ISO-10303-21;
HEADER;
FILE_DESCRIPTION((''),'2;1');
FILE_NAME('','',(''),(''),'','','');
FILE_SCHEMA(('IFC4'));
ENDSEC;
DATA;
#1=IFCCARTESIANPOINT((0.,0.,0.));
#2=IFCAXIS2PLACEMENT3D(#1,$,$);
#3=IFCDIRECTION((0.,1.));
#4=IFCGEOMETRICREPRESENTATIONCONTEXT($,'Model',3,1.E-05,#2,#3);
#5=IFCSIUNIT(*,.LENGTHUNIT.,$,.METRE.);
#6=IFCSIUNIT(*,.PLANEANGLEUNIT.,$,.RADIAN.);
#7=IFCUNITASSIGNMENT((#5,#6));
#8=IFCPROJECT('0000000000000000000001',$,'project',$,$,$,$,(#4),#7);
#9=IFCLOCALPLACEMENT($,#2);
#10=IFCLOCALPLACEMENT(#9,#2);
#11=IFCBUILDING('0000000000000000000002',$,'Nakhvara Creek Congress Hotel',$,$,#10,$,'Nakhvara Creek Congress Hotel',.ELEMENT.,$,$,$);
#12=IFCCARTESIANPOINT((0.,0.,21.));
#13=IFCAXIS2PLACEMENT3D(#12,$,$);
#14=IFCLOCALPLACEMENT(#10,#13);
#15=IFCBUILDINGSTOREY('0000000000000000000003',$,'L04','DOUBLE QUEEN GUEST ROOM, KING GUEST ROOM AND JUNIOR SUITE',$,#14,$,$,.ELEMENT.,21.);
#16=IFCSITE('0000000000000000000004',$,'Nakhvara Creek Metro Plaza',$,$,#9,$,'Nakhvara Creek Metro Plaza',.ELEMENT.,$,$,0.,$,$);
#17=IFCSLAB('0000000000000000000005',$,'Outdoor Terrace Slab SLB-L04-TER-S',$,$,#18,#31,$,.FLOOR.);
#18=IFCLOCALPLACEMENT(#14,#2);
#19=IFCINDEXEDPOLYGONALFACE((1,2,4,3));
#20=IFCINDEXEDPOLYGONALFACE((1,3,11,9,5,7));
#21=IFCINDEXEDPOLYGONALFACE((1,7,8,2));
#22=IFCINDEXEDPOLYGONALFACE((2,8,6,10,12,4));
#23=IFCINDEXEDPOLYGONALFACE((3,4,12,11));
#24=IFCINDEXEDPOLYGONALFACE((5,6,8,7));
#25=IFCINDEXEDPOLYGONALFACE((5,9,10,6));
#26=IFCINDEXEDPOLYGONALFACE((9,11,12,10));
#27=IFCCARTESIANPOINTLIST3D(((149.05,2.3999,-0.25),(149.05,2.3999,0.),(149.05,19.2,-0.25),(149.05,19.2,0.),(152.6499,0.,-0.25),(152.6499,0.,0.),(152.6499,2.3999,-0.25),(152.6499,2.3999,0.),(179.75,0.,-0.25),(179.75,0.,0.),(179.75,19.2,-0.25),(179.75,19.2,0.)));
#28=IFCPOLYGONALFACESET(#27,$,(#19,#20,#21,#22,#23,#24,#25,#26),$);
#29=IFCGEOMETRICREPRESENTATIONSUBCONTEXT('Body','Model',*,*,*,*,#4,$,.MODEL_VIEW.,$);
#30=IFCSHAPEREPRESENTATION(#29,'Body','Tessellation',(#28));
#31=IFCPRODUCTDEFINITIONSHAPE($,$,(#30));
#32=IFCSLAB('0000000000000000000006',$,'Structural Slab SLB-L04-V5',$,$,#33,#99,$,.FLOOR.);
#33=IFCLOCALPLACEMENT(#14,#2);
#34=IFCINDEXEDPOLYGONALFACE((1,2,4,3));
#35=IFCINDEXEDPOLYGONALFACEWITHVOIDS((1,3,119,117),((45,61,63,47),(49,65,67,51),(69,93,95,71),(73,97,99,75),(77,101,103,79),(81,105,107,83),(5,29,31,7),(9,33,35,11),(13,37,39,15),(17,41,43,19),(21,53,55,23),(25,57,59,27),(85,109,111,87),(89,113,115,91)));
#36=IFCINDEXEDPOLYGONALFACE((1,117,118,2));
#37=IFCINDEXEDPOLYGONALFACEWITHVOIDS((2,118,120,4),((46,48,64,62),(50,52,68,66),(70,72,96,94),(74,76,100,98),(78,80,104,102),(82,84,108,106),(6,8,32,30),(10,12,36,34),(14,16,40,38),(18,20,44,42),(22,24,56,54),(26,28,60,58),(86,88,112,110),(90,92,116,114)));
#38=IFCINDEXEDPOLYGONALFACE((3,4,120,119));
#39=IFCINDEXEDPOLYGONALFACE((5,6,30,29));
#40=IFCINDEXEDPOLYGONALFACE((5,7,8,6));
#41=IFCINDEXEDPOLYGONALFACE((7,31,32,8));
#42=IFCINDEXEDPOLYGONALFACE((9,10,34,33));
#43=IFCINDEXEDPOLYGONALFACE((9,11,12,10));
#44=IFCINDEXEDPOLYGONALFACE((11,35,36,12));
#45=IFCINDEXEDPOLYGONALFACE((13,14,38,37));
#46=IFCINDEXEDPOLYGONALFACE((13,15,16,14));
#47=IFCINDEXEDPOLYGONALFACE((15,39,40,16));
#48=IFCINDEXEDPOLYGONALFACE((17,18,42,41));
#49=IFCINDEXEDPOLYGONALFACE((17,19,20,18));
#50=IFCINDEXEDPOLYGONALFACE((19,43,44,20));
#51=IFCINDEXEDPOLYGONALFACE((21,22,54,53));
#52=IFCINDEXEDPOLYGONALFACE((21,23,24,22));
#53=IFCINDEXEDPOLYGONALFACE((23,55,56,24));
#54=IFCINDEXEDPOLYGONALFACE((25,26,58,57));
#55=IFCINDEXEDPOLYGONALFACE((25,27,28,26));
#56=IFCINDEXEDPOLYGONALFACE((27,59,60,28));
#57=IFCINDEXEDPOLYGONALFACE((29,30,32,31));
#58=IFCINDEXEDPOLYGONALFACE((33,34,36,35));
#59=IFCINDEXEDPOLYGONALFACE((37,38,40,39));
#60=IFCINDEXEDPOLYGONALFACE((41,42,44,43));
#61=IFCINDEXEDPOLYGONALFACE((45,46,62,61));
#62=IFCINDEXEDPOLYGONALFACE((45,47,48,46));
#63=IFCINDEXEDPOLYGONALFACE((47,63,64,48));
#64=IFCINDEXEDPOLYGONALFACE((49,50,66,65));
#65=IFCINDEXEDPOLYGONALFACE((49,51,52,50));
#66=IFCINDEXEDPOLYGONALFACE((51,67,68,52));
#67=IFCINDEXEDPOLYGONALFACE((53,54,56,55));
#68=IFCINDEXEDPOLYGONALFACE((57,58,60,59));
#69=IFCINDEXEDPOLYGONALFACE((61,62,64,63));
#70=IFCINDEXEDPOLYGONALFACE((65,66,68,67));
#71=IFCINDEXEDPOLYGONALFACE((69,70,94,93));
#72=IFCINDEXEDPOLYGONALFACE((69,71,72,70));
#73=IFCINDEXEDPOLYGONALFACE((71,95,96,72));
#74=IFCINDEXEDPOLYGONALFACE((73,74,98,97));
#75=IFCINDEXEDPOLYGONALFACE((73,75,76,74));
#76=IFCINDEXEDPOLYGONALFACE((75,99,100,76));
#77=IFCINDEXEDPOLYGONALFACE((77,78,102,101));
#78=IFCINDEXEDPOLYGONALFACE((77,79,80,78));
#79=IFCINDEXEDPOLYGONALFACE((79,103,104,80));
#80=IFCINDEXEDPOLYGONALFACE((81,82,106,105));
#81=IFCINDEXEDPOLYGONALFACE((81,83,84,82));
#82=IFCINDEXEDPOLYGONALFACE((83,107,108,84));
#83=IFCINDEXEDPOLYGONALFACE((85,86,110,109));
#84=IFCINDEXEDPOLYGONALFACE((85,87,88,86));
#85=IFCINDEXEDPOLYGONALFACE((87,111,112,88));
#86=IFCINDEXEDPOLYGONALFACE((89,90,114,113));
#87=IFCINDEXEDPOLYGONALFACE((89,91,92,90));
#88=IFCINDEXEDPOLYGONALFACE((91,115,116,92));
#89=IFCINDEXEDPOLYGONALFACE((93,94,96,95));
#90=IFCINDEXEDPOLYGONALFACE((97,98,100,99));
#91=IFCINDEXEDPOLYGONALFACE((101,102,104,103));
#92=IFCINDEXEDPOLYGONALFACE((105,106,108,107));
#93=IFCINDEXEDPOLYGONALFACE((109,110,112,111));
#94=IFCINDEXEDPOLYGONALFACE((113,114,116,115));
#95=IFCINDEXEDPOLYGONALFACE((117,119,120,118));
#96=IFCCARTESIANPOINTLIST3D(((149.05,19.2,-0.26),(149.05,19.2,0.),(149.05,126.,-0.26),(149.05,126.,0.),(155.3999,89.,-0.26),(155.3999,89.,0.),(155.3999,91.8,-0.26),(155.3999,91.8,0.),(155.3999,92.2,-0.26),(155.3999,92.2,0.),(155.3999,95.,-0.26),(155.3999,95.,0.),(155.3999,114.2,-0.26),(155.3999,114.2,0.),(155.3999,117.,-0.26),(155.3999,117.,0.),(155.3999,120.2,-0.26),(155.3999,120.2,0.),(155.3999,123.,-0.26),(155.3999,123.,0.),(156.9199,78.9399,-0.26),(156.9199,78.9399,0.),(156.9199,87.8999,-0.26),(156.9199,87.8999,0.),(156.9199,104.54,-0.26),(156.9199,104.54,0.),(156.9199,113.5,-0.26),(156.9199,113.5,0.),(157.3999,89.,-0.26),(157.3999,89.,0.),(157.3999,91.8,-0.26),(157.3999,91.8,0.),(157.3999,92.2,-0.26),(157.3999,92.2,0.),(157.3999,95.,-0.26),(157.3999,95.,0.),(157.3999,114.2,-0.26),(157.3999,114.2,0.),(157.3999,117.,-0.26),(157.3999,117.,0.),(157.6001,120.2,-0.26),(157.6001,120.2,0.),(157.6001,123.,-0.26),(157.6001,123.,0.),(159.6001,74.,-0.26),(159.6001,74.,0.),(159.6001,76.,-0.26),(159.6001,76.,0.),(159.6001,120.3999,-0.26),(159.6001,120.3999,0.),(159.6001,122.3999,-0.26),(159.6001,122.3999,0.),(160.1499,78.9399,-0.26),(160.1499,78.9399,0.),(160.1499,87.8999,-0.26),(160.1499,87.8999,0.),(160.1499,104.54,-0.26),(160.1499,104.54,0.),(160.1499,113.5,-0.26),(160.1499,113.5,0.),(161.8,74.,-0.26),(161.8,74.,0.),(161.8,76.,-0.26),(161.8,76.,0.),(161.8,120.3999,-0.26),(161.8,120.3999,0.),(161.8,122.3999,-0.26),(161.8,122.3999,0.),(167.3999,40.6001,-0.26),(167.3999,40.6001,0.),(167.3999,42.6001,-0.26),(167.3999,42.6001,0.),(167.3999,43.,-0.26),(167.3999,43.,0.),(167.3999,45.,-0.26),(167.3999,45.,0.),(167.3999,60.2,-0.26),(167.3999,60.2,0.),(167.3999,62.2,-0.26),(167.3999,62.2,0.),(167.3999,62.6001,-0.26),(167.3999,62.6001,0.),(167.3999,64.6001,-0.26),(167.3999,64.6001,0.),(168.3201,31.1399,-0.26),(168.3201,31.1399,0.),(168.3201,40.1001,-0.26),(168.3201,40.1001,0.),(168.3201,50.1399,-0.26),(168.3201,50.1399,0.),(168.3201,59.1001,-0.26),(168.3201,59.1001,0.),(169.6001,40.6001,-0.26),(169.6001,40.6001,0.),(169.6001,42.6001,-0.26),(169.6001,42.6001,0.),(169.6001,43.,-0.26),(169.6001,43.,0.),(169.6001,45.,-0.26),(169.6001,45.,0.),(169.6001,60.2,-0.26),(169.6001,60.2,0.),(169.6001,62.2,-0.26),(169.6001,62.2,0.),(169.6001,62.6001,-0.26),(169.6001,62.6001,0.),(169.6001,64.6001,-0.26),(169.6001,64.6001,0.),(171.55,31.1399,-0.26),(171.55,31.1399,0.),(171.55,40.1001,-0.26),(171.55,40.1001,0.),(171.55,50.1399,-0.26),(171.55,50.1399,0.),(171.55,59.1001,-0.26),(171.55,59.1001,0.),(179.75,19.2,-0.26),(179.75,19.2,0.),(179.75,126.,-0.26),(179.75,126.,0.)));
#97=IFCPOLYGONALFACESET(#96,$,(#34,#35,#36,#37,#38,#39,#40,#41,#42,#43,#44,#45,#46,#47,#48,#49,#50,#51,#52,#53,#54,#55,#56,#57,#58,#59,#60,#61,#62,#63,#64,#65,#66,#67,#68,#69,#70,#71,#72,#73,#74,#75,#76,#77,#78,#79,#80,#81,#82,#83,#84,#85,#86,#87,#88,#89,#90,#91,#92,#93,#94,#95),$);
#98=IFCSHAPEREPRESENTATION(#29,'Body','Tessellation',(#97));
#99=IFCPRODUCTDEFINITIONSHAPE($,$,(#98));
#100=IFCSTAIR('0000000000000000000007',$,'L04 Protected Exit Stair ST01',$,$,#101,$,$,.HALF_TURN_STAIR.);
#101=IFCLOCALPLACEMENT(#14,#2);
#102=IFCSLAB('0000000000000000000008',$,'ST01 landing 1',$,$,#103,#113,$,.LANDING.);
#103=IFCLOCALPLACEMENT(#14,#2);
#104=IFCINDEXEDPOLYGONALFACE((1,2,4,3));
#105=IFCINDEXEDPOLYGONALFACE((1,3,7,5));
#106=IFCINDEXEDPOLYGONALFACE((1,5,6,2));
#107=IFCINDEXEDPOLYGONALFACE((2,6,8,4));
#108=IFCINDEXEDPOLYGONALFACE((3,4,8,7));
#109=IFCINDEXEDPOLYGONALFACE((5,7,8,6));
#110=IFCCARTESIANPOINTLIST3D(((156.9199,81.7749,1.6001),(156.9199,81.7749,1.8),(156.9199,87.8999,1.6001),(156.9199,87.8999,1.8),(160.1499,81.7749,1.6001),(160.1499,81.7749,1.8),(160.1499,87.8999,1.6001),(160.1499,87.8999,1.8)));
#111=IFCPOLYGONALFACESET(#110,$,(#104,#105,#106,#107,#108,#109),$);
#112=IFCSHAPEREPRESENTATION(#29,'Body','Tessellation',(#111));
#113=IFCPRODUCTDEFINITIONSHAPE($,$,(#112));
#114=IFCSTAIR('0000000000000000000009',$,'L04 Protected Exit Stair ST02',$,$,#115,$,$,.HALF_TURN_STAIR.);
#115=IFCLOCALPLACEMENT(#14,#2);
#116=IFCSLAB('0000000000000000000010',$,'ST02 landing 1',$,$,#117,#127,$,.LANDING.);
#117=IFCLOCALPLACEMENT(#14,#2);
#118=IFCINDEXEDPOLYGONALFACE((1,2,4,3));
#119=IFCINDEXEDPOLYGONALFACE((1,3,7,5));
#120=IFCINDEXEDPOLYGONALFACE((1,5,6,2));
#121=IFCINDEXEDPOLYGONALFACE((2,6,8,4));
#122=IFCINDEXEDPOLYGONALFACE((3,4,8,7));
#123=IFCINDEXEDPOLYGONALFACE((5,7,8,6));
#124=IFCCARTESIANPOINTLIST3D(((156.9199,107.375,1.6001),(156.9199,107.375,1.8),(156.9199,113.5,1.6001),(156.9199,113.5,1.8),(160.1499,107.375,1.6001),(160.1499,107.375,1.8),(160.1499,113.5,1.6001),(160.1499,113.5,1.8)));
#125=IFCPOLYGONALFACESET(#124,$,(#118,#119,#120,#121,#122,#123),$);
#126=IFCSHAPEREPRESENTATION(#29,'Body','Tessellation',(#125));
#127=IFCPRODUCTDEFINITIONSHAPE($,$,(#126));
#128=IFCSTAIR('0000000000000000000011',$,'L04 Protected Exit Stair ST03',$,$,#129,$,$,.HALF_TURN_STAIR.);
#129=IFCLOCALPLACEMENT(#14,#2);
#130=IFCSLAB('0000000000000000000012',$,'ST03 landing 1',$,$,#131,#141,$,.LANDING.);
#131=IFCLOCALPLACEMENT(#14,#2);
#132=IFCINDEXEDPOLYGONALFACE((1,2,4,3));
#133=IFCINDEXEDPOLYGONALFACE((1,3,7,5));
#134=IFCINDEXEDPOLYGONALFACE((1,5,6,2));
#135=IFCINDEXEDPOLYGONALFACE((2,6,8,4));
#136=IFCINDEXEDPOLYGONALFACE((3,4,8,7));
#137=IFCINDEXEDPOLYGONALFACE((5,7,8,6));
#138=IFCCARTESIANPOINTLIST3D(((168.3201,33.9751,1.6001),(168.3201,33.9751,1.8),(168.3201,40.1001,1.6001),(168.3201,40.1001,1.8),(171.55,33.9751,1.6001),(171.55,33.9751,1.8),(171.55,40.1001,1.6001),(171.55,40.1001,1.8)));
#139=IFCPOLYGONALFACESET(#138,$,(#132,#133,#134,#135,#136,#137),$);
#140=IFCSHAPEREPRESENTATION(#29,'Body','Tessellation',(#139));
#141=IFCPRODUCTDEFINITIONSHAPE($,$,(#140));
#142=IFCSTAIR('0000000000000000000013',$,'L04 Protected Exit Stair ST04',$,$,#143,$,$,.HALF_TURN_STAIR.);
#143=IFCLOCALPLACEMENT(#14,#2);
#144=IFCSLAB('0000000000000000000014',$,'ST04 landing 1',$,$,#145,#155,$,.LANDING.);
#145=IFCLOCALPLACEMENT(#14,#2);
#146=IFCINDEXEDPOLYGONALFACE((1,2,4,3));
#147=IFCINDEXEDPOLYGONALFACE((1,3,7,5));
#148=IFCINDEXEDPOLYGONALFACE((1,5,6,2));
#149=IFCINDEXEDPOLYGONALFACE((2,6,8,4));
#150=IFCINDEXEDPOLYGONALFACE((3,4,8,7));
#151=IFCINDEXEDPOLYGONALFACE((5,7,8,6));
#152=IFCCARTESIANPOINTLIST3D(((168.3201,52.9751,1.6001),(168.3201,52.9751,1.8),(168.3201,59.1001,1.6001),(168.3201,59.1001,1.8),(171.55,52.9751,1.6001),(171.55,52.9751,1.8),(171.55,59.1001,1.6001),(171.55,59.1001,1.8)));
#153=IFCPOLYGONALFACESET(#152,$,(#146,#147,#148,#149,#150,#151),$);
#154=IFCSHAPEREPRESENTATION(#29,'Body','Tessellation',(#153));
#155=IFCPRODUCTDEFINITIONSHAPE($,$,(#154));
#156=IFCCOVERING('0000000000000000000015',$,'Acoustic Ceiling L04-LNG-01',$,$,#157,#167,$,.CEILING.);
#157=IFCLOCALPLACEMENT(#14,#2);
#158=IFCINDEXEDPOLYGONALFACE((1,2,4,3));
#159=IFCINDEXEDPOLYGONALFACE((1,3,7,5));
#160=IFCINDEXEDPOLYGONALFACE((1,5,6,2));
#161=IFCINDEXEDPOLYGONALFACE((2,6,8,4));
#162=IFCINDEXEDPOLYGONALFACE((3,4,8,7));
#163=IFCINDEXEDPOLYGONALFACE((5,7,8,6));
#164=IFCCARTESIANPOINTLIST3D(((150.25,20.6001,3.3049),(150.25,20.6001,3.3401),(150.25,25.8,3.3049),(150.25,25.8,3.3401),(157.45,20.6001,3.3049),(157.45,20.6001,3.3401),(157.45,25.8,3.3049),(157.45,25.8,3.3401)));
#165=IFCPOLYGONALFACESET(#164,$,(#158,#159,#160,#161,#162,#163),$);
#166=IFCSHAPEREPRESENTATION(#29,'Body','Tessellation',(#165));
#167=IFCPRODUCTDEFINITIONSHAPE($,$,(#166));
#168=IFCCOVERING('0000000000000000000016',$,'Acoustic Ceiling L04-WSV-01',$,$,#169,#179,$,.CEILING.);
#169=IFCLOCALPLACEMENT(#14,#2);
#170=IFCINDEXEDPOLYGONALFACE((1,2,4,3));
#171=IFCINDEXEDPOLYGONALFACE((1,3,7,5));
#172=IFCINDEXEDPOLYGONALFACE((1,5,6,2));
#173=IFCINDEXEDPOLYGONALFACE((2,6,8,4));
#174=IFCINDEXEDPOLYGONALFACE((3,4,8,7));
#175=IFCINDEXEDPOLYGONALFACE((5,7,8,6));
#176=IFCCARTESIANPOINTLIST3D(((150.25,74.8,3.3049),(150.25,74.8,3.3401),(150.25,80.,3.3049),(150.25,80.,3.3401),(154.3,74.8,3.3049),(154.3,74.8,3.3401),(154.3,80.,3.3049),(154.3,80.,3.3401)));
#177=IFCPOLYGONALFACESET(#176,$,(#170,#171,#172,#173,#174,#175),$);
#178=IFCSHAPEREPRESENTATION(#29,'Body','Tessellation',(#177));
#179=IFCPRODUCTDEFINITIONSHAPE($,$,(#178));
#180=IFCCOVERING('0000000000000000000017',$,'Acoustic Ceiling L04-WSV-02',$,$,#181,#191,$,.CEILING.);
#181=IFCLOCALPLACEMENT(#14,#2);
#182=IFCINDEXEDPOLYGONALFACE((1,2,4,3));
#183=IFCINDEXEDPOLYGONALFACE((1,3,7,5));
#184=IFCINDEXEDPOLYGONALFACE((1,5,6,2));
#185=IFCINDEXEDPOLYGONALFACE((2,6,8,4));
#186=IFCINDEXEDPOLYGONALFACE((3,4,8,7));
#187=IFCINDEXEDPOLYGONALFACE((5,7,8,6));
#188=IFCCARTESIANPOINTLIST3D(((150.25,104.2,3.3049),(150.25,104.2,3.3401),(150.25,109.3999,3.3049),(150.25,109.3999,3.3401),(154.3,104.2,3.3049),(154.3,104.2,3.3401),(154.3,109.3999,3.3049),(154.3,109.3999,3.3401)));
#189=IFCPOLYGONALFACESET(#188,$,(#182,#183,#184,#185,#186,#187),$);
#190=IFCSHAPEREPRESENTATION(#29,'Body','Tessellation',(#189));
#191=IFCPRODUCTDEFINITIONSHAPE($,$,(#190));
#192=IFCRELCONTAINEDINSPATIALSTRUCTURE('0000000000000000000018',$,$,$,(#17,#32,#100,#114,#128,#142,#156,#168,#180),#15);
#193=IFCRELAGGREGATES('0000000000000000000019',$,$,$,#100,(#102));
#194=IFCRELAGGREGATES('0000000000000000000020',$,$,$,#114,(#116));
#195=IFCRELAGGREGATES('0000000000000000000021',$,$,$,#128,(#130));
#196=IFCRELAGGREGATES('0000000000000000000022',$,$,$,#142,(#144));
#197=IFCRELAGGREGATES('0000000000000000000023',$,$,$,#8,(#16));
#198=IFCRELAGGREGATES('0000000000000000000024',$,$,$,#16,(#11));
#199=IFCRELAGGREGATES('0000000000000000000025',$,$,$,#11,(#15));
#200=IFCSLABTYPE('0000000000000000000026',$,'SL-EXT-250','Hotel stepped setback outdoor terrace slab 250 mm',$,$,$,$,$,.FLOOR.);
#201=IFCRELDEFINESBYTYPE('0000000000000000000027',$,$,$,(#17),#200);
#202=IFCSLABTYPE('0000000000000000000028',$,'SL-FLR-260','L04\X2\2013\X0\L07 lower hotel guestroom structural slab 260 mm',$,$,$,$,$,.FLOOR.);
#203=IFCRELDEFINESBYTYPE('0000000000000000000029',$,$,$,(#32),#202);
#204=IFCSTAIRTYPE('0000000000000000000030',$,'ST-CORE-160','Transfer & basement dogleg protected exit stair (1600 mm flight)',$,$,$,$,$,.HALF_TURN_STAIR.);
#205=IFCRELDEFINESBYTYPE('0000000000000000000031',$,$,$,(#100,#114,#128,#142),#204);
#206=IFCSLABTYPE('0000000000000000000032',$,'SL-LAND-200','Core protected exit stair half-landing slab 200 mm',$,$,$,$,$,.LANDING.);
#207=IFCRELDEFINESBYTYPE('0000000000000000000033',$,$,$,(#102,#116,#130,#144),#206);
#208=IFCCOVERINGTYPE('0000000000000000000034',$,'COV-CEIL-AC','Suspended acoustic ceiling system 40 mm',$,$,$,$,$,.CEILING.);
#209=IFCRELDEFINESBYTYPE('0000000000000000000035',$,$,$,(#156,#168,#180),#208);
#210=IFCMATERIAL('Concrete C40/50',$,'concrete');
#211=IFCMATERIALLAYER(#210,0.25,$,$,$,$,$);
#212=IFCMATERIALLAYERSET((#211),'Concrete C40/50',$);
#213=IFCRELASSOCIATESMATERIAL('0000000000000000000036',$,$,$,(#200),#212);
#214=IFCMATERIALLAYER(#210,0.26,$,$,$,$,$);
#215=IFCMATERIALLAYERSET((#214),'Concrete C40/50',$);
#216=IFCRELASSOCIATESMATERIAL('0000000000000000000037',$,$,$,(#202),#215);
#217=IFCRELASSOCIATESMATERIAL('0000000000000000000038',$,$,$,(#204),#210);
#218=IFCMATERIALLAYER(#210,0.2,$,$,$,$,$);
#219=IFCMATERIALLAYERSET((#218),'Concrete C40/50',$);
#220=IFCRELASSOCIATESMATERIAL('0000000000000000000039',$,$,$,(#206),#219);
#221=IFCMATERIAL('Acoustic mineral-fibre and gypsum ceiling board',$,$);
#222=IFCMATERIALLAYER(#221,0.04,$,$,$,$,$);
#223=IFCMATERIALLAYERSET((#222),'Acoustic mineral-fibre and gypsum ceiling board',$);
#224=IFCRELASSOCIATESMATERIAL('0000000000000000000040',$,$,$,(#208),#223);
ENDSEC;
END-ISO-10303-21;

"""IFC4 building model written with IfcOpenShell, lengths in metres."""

from ifc_helpers import new_model, si_unit, direction, frame, origin, place, context, subcontext, project, spatial, polyline, outline, extrude, material, layer, layer_set, type_object, element, aggregate, save


model = new_model("IFC4")

# Units and contexts
model_context = context("Model", 3, precision=1e-05, world=origin(), true_north=direction((0.0, 1.0)))
body_context = subcontext(model_context, "Body", "Model", "MODEL_VIEW")
ifc_project = project(units=[si_unit("LENGTHUNIT", "METRE"), si_unit("PLANEANGLEUNIT", "RADIAN")], contexts=[model_context])

# Site, building, storey
site_placement = place(None, origin())
site = spatial("IfcSite", under=ifc_project, at=site_placement, Name="Nakhvara Creek Metro Plaza", LongName="Nakhvara Creek Metro Plaza", CompositionType="ELEMENT", RefElevation=0.0)
building_placement = place(site_placement, origin())
building = spatial("IfcBuilding", under=site, at=building_placement, Name="Nakhvara Creek Congress Hotel", LongName="Nakhvara Creek Congress Hotel", CompositionType="ELEMENT")
storey_placement = place(building_placement, frame((0.0, 0.0, 21.0)))
storey = spatial("IfcBuildingStorey", under=building, at=storey_placement, Name="L04", Description="DOUBLE QUEEN GUEST ROOM, KING GUEST ROOM AND JUNIOR SUITE", CompositionType="ELEMENT", Elevation=21.0)

# Slabs
ifc_material_1 = material(Name="Concrete C40/50", Category="concrete")
ifc_layer_1 = layer(ifc_material_1, 0.25)
ifc_layer_set_1 = layer_set([ifc_layer_1], Name="Concrete C40/50")
slab_type_1 = type_object("IfcSlabType", Name="SL-EXT-250", Description="Hotel stepped setback outdoor terrace slab 250 mm", PredefinedType="FLOOR", material=ifc_layer_set_1)
slab_1_placement = place(storey_placement, frame((0.0, 0.0, -0.25)))
element("IfcSlab", 1, at=slab_1_placement, inside=storey, type_object=slab_type_1, Name="Outdoor Terrace Slab SLB-L04-TER-S", PredefinedType="FLOOR", context=body_context, shape_type="SweptSolid", body=[
    extrude(outline(polyline([(152.6499, 0.0), (179.75, 0.0), (179.75, 19.2), (149.05, 19.2), (149.05, 2.3999), (152.6499, 2.3999), (152.6499, 0.0)])), origin(), (0.0, 0.0, 1.0), 0.25),
])
ifc_layer_2 = layer(ifc_material_1, 0.26)
ifc_layer_set_2 = layer_set([ifc_layer_2], Name="Concrete C40/50")
slab_type_2 = type_object("IfcSlabType", Name="SL-FLR-260", Description="L04–L07 lower hotel guestroom structural slab 260 mm", PredefinedType="FLOOR", material=ifc_layer_set_2)
slab_2_placement = place(storey_placement, frame((0.0, 0.0, -0.26)))
element("IfcSlab", 2, at=slab_2_placement, inside=storey, type_object=slab_type_2, Name="Structural Slab SLB-L04-V5", PredefinedType="FLOOR", context=body_context, shape_type="SweptSolid", body=[
    extrude(outline(polyline([(149.05, 126.0), (179.75, 126.0), (179.75, 19.2), (149.05, 19.2), (149.05, 126.0)]), holes=[polyline([(161.8, 74.0), (161.8, 76.0), (159.6001, 76.0), (159.6001, 74.0), (161.8, 74.0)]), polyline([(160.1499, 78.9399), (160.1499, 87.8999), (156.9199, 87.8999), (156.9199, 78.9399), (160.1499, 78.9399)]), polyline([(155.3999, 89.0), (157.3999, 89.0), (157.3999, 91.8), (155.3999, 91.8), (155.3999, 89.0)]), polyline([(155.3999, 92.2), (157.3999, 92.2), (157.3999, 95.0), (155.3999, 95.0), (155.3999, 92.2)]), polyline([(160.1499, 104.54), (160.1499, 113.5), (156.9199, 113.5), (156.9199, 104.54), (160.1499, 104.54)]), polyline([(155.3999, 114.2), (157.3999, 114.2), (157.3999, 117.0), (155.3999, 117.0), (155.3999, 114.2)]), polyline([(155.3999, 120.2), (157.6001, 120.2), (157.6001, 123.0), (155.3999, 123.0), (155.3999, 120.2)]), polyline([(171.55, 40.1001), (168.3201, 40.1001), (168.3201, 31.1399), (171.55, 31.1399), (171.55, 40.1001)]), polyline([(167.3999, 40.6001), (169.6001, 40.6001), (169.6001, 42.6001), (167.3999, 42.6001), (167.3999, 40.6001)]), polyline([(167.3999, 43.0), (169.6001, 43.0), (169.6001, 45.0), (167.3999, 45.0), (167.3999, 43.0)]), polyline([(171.55, 50.1399), (171.55, 59.1001), (168.3201, 59.1001), (168.3201, 50.1399), (171.55, 50.1399)]), polyline([(167.3999, 60.2), (169.6001, 60.2), (169.6001, 62.2), (167.3999, 62.2), (167.3999, 60.2)]), polyline([(167.3999, 62.6001), (169.6001, 62.6001), (169.6001, 64.6001), (167.3999, 64.6001), (167.3999, 62.6001)]), polyline([(159.6001, 120.3999), (161.8, 120.3999), (161.8, 122.3999), (159.6001, 122.3999), (159.6001, 120.3999)])]), origin(), (0.0, 0.0, 1.0), 0.26),
])

# Stairs, slabs
stair_type = type_object("IfcStairType", Name="ST-CORE-160", Description="Transfer & basement dogleg protected exit stair (1600 mm flight)", PredefinedType="HALF_TURN_STAIR", material=ifc_material_1)
stair_1_placement = place(storey_placement, origin())
stair_1 = element("IfcStair", 3, at=stair_1_placement, inside=storey, type_object=stair_type, Name="L04 Protected Exit Stair ST01", PredefinedType="HALF_TURN_STAIR")
ifc_layer_3 = layer(ifc_material_1, 0.2)
ifc_layer_set_3 = layer_set([ifc_layer_3], Name="Concrete C40/50")
slab_type_3 = type_object("IfcSlabType", Name="SL-LAND-200", Description="Core protected exit stair half-landing slab 200 mm", PredefinedType="LANDING", material=ifc_layer_set_3)
slab_3_placement = place(storey_placement, frame((0.0, 0.0, 1.6001)))
slab_3 = element("IfcSlab", 4, at=slab_3_placement, type_object=slab_type_3, Name="ST01 landing 1", PredefinedType="LANDING", context=body_context, shape_type="SweptSolid", body=[
    extrude(outline(polyline([(160.1499, 81.7749), (160.1499, 87.8999), (156.9199, 87.8999), (156.9199, 81.7749), (160.1499, 81.7749)])), origin(), (0.0, 0.0, 1.0), 0.2),
])
aggregate(stair_1, [slab_3])
stair_2_placement = place(storey_placement, origin())
stair_2 = element("IfcStair", 5, at=stair_2_placement, inside=storey, type_object=stair_type, Name="L04 Protected Exit Stair ST02", PredefinedType="HALF_TURN_STAIR")
slab_4_placement = place(storey_placement, frame((0.0, 0.0, 1.6001)))
slab_4 = element("IfcSlab", 6, at=slab_4_placement, type_object=slab_type_3, Name="ST02 landing 1", PredefinedType="LANDING", context=body_context, shape_type="SweptSolid", body=[
    extrude(outline(polyline([(160.1499, 107.375), (160.1499, 113.5), (156.9199, 113.5), (156.9199, 107.375), (160.1499, 107.375)])), origin(), (0.0, 0.0, 1.0), 0.2),
])
aggregate(stair_2, [slab_4])
stair_3_placement = place(storey_placement, origin())
stair_3 = element("IfcStair", 7, at=stair_3_placement, inside=storey, type_object=stair_type, Name="L04 Protected Exit Stair ST03", PredefinedType="HALF_TURN_STAIR")
slab_5_placement = place(storey_placement, frame((0.0, 0.0, 1.6001)))
slab_5 = element("IfcSlab", 8, at=slab_5_placement, type_object=slab_type_3, Name="ST03 landing 1", PredefinedType="LANDING", context=body_context, shape_type="SweptSolid", body=[
    extrude(outline(polyline([(171.55, 33.9751), (171.55, 40.1001), (168.3201, 40.1001), (168.3201, 33.9751), (171.55, 33.9751)])), origin(), (0.0, 0.0, 1.0), 0.2),
])
aggregate(stair_3, [slab_5])
stair_4_placement = place(storey_placement, origin())
stair_4 = element("IfcStair", 9, at=stair_4_placement, inside=storey, type_object=stair_type, Name="L04 Protected Exit Stair ST04", PredefinedType="HALF_TURN_STAIR")
slab_6_placement = place(storey_placement, frame((0.0, 0.0, 1.6001)))
slab_6 = element("IfcSlab", 10, at=slab_6_placement, type_object=slab_type_3, Name="ST04 landing 1", PredefinedType="LANDING", context=body_context, shape_type="SweptSolid", body=[
    extrude(outline(polyline([(171.55, 52.9751), (171.55, 59.1001), (168.3201, 59.1001), (168.3201, 52.9751), (171.55, 52.9751)])), origin(), (0.0, 0.0, 1.0), 0.2),
])
aggregate(stair_4, [slab_6])

# Coverings
ifc_material_2 = material(Name="Acoustic mineral-fibre and gypsum ceiling board")
ifc_layer_4 = layer(ifc_material_2, 0.04)
ifc_layer_set_4 = layer_set([ifc_layer_4], Name="Acoustic mineral-fibre and gypsum ceiling board")
covering_type_1 = type_object("IfcCoveringType", Name="COV-CEIL-AC", Description="Suspended acoustic ceiling system 40 mm", PredefinedType="CEILING", material=ifc_layer_set_4)
covering_1_placement = place(storey_placement, frame((0.0, 0.0, 3.3049)))
element("IfcCovering", 11, at=covering_1_placement, inside=storey, type_object=covering_type_1, Name="Acoustic Ceiling L04-LNG-01", PredefinedType="CEILING", context=body_context, shape_type="SweptSolid", body=[
    extrude(outline(polyline([(150.25, 20.6001), (157.45, 20.6001), (157.45, 25.8), (150.25, 25.8), (150.25, 20.6001)])), origin(), (0.0, 0.0, 1.0), 0.0352),
])
covering_2_placement = place(storey_placement, frame((0.0, 0.0, 3.3049)))
element("IfcCovering", 12, at=covering_2_placement, inside=storey, type_object=covering_type_1, Name="Acoustic Ceiling L04-WSV-01", PredefinedType="CEILING", context=body_context, shape_type="SweptSolid", body=[
    extrude(outline(polyline([(150.25, 74.8), (154.3, 74.8), (154.3, 80.0), (150.25, 80.0), (150.25, 74.8)])), origin(), (0.0, 0.0, 1.0), 0.0352),
])
covering_3_placement = place(storey_placement, frame((0.0, 0.0, 3.3049)))
element("IfcCovering", 13, at=covering_3_placement, inside=storey, type_object=covering_type_1, Name="Acoustic Ceiling L04-WSV-02", PredefinedType="CEILING", context=body_context, shape_type="SweptSolid", body=[
    extrude(outline(polyline([(150.25, 104.2), (154.3, 104.2), (154.3, 109.3999), (150.25, 109.3999), (150.25, 104.2)])), origin(), (0.0, 0.0, 1.0), 0.0352),
])

save(model, "model.ifc")
